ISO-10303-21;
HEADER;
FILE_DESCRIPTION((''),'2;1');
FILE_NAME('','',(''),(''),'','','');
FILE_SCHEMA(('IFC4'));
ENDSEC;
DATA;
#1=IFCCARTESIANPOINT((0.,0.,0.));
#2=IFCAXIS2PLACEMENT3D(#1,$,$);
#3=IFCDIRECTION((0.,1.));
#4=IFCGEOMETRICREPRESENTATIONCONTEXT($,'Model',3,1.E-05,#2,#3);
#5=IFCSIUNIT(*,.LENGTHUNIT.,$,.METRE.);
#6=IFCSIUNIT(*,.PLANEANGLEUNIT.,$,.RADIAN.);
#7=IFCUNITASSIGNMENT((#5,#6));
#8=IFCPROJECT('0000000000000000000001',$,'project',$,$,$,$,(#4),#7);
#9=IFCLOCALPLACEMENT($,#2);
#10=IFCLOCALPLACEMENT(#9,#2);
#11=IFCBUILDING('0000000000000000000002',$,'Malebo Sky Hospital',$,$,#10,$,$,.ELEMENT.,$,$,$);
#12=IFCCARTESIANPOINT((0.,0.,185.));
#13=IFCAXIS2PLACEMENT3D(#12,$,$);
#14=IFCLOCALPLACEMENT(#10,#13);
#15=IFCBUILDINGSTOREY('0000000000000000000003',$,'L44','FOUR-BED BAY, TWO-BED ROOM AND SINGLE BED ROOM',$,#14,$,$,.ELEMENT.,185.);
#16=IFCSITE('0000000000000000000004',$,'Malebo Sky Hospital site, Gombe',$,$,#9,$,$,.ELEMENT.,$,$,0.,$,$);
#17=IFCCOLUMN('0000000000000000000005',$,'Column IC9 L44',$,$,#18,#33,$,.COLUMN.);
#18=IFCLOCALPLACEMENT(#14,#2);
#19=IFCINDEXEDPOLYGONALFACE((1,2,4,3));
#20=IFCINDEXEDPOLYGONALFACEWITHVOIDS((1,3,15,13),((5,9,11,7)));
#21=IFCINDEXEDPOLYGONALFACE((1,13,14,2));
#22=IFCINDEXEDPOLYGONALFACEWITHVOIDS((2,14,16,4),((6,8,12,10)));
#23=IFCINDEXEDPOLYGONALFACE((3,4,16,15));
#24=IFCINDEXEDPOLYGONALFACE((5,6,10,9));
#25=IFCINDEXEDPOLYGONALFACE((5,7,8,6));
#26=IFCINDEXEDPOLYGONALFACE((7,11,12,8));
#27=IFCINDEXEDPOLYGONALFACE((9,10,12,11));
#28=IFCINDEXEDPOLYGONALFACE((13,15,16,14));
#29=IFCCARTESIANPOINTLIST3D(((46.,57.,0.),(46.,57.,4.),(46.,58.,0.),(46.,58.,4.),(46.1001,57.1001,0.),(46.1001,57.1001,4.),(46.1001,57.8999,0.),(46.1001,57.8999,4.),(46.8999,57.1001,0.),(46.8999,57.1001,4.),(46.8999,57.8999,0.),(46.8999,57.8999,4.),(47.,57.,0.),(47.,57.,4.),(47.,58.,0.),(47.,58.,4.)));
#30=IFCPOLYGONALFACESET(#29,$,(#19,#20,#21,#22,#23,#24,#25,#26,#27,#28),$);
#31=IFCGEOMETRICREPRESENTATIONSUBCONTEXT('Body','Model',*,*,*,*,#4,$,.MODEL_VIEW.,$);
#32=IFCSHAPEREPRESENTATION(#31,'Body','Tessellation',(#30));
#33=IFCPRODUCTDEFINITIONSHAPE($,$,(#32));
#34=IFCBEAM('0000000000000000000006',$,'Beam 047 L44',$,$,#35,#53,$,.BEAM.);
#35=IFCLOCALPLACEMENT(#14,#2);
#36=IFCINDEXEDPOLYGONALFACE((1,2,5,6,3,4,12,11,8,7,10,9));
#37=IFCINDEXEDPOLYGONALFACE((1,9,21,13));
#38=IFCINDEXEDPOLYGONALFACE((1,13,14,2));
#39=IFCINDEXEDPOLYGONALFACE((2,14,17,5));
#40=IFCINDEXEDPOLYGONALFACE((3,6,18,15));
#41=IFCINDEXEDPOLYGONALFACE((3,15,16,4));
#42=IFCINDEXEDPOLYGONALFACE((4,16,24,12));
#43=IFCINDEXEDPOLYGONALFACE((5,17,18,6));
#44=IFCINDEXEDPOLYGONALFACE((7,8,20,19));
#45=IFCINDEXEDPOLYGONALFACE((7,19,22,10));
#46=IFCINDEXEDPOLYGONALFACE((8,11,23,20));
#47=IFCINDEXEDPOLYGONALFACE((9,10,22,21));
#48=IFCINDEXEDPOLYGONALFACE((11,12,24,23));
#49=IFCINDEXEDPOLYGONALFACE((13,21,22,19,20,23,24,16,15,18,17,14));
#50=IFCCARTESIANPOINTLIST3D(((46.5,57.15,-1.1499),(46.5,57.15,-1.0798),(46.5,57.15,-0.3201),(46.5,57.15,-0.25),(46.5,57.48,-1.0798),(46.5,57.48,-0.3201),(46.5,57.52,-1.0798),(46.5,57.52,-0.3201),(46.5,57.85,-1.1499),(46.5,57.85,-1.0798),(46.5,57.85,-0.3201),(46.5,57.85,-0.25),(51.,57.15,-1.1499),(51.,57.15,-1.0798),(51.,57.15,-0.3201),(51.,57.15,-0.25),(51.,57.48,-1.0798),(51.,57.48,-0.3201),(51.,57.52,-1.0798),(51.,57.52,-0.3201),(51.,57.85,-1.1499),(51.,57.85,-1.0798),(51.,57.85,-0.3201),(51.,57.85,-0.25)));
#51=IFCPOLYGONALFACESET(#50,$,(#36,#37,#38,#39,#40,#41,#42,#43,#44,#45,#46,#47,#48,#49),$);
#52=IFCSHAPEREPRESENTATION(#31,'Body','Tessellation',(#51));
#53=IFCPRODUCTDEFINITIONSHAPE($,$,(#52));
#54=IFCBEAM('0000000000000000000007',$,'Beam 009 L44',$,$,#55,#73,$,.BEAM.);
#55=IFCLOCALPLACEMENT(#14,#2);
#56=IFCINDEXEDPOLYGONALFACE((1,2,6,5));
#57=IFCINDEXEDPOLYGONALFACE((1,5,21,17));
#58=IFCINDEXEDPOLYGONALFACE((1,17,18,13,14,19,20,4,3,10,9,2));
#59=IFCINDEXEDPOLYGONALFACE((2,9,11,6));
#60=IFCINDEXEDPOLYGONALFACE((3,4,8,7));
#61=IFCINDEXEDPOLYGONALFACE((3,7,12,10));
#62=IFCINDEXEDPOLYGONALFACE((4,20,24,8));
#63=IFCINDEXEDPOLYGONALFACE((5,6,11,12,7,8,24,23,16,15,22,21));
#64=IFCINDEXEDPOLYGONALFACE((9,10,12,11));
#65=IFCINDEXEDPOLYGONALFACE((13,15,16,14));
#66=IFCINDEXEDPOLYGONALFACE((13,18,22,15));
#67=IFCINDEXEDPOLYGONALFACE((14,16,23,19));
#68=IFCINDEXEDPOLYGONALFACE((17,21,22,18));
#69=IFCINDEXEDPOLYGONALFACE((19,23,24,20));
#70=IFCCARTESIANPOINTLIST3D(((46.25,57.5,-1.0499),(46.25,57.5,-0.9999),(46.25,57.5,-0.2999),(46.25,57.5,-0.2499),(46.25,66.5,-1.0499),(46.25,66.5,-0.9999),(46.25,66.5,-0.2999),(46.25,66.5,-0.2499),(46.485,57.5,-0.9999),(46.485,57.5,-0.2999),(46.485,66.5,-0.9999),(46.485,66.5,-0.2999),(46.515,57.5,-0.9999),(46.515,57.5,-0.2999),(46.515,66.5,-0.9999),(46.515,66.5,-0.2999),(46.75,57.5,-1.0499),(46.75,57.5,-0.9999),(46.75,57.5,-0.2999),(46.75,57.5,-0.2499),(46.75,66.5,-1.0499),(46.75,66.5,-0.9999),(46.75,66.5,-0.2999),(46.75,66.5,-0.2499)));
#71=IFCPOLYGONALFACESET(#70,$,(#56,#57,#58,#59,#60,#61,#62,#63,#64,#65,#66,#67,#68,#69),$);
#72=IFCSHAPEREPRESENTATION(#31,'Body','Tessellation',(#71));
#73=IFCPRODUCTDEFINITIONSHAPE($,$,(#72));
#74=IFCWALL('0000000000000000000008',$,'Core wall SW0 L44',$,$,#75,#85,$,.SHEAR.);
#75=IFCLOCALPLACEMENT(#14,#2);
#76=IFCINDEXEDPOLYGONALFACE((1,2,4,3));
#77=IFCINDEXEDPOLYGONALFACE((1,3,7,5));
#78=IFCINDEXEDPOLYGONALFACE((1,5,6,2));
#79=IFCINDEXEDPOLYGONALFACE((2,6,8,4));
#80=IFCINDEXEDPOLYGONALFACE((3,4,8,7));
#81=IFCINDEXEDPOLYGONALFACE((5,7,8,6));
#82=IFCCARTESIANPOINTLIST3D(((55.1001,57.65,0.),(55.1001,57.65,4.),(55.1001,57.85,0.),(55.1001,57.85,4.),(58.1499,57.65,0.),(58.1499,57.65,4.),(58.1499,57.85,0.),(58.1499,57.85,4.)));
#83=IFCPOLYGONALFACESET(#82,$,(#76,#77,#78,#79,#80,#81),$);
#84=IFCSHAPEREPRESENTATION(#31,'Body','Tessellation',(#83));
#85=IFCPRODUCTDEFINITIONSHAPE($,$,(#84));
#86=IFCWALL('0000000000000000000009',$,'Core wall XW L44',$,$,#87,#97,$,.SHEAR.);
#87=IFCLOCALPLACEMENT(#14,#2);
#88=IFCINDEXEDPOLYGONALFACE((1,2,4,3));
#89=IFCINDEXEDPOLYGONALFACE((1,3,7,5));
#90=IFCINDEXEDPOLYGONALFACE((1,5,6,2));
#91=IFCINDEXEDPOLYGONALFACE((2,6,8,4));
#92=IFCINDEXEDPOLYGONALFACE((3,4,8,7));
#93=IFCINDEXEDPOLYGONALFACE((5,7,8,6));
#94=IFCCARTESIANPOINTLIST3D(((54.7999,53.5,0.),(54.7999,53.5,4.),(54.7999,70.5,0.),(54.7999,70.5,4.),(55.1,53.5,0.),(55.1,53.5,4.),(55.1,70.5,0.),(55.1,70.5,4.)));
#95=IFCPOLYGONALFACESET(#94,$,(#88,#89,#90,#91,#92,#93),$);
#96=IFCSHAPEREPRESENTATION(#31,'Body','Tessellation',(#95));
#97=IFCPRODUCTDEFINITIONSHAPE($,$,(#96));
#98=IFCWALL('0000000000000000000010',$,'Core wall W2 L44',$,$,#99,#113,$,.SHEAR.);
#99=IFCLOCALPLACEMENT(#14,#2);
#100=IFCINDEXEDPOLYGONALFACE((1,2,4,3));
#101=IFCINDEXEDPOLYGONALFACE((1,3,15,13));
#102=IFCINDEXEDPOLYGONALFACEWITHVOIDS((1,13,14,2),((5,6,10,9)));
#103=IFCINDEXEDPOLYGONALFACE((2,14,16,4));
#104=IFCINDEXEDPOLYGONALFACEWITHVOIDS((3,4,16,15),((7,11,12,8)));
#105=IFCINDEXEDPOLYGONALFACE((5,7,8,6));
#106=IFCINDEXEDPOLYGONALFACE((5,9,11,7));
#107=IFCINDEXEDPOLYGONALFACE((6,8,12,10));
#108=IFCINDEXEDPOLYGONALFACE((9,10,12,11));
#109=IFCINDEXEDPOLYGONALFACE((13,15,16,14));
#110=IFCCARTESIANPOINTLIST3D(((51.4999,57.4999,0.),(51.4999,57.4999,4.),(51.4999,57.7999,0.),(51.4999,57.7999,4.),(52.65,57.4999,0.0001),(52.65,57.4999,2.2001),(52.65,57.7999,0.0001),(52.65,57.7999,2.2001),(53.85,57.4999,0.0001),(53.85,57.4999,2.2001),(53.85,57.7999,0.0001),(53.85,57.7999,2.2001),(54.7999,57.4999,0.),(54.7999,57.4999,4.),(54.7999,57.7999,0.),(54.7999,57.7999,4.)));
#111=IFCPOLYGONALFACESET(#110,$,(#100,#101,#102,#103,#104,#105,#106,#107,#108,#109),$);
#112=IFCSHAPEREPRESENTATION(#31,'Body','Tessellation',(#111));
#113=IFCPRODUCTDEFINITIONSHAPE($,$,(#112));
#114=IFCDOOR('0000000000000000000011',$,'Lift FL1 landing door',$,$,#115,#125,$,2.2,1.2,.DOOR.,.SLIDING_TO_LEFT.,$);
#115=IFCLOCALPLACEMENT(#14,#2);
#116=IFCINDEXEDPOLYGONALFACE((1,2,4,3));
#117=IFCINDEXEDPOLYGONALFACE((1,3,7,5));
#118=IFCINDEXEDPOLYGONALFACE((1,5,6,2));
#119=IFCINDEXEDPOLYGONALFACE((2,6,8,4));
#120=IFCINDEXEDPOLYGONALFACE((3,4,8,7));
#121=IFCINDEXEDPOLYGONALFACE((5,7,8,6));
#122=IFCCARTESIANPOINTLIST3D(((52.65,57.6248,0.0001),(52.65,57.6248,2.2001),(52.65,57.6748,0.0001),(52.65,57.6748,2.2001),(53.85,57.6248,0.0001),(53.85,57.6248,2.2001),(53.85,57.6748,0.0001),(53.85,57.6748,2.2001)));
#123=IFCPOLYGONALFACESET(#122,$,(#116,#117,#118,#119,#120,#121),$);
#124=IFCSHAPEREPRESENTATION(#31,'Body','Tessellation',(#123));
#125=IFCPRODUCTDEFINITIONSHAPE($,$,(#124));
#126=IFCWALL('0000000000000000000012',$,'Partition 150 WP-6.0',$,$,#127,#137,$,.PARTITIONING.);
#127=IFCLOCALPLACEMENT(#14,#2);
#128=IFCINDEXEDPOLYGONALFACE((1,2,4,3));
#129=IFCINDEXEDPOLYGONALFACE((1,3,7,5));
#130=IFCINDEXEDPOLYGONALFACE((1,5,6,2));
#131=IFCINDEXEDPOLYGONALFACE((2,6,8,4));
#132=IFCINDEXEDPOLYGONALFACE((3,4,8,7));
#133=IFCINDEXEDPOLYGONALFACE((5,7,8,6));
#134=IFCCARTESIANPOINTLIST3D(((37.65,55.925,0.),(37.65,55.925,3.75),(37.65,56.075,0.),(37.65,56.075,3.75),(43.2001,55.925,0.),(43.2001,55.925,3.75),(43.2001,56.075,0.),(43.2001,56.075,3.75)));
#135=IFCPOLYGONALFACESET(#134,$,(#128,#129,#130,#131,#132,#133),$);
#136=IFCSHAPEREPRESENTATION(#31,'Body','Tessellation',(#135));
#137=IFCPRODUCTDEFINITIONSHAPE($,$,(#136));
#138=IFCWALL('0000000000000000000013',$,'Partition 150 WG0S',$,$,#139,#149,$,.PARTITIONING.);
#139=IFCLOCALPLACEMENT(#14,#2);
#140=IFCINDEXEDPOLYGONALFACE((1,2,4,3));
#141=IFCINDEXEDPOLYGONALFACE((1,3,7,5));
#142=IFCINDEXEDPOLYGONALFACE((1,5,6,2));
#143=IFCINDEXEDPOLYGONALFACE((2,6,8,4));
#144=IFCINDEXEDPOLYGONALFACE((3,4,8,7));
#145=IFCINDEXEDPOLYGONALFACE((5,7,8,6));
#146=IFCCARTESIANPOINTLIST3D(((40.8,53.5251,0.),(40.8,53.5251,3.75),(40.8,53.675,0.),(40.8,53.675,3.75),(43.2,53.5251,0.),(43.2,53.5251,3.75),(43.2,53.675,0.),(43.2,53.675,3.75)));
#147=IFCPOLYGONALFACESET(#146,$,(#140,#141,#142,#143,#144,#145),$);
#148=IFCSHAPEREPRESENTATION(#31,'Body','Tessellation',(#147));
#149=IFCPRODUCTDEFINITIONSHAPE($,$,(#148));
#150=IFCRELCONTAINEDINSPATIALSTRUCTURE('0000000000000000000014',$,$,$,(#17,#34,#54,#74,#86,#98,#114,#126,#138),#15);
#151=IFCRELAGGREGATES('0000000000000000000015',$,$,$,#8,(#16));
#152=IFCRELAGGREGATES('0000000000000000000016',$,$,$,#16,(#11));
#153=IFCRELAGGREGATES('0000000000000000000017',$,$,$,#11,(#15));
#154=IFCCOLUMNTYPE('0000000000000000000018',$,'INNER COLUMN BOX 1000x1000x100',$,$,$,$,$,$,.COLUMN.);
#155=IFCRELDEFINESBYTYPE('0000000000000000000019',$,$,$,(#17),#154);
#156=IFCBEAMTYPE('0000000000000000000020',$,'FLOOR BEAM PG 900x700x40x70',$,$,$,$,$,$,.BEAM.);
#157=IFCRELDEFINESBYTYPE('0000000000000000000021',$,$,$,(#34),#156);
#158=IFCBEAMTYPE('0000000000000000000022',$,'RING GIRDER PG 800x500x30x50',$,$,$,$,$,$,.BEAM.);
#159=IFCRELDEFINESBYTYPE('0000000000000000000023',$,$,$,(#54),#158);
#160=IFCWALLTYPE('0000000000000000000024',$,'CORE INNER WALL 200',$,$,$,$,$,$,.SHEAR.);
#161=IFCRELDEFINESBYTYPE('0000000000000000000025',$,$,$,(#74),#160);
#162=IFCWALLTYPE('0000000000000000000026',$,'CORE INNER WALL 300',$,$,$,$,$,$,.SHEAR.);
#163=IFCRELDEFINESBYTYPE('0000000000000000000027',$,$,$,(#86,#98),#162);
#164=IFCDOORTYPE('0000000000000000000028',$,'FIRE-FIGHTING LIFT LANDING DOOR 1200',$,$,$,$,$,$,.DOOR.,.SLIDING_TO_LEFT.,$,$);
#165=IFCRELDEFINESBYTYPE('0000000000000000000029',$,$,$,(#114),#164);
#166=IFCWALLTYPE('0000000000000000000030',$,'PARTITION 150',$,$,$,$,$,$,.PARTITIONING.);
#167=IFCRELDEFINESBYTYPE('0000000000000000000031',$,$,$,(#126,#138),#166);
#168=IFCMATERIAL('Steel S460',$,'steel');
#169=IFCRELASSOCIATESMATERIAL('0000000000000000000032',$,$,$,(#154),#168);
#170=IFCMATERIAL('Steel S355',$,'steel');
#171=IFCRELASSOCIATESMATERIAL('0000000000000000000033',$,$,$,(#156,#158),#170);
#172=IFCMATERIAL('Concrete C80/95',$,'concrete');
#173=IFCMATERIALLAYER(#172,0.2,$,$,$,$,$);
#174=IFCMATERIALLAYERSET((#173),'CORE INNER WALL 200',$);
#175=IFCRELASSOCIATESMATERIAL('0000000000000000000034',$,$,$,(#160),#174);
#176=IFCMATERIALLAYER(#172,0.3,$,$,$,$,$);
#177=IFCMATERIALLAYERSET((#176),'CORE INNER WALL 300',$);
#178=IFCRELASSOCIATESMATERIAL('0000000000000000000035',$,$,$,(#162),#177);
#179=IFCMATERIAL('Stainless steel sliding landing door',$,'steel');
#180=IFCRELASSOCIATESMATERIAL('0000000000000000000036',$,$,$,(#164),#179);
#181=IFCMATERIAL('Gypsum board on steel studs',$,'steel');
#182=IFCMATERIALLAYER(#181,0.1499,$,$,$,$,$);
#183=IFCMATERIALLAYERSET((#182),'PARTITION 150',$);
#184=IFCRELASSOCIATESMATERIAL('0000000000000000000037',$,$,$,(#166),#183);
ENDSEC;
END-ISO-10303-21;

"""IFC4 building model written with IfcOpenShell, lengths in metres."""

from ifc_helpers import new_model, si_unit, direction, frame, frame_2d, origin, origin_2d, place, context, subcontext, project, spatial, rectangle, hollow_rectangle, i_section, extrude, material, layer, layer_set, material_profile, profile_set, type_object, element, fill, save


model = new_model("IFC4")

# Units and contexts
model_context = context("Model", 3, precision=1e-05, world=origin(), true_north=direction((0.0, 1.0)))
body_context = subcontext(model_context, "Body", "Model", "MODEL_VIEW")
ifc_project = project(units=[si_unit("LENGTHUNIT", "METRE"), si_unit("PLANEANGLEUNIT", "RADIAN")], contexts=[model_context])

# Site, building, storey
site_placement = place(None, origin())
site = spatial("IfcSite", under=ifc_project, at=site_placement, Name="Malebo Sky Hospital site, Gombe", CompositionType="ELEMENT", RefElevation=0.0)
building_placement = place(site_placement, origin())
building = spatial("IfcBuilding", under=site, at=building_placement, Name="Malebo Sky Hospital", CompositionType="ELEMENT")
storey_placement = place(building_placement, frame((0.0, 0.0, 185.0)))
storey = spatial("IfcBuildingStorey", under=building, at=storey_placement, Name="L44", Description="FOUR-BED BAY, TWO-BED ROOM AND SINGLE BED ROOM", CompositionType="ELEMENT", Elevation=185.0)

# Column
ifc_material_1 = material(Name="Steel S460", Category="steel")
ifc_material_profile_1 = material_profile(ifc_material_1, hollow_rectangle(XDim=1.0, YDim=1.0, WallThickness=0.1001, at=origin_2d()), Name="BOX 1000x1000x100")
ifc_profile_set_1 = profile_set([ifc_material_profile_1], Name="Steel S460")
column_type = type_object("IfcColumnType", Name="INNER COLUMN BOX 1000x1000x100", PredefinedType="COLUMN", material=ifc_profile_set_1)
column_placement = place(storey_placement, frame((46.5, 57.5, 0.0), z_axis=(0.0, 0.0, 1.0), x_axis=(1.0, 0.0, 0.0)))
element("IfcColumn", 1, at=column_placement, inside=storey, type_object=column_type, Name="Column IC9 L44", PredefinedType="COLUMN", context=body_context, shape_type="SweptSolid", body=[
    extrude(hollow_rectangle(XDim=1.0, YDim=1.0, WallThickness=0.1001, at=origin_2d()), origin(), (0.0, 0.0, 1.0), 4.0),
])

# Beams
ifc_material_2 = material(Name="Steel S355", Category="steel")
ifc_material_profile_2 = material_profile(ifc_material_2, i_section(OverallWidth=0.7, OverallDepth=0.8999, WebThickness=0.04, FlangeThickness=0.0701, at=origin_2d()), Name="PG 900x700x40x70")
ifc_profile_set_2 = profile_set([ifc_material_profile_2], Name="Steel S355")
beam_type_1 = type_object("IfcBeamType", Name="FLOOR BEAM PG 900x700x40x70", PredefinedType="BEAM", material=ifc_profile_set_2)
beam_1_placement = place(storey_placement, frame((46.5, 57.5, -0.7), z_axis=(1.0, 0.0, 0.0), x_axis=(0.0, 1.0, 0.0)))
element("IfcBeam", 2, at=beam_1_placement, inside=storey, type_object=beam_type_1, Name="Beam 047 L44", PredefinedType="BEAM", context=body_context, shape_type="SweptSolid", body=[
    extrude(i_section(OverallWidth=0.7, OverallDepth=0.8999, WebThickness=0.04, FlangeThickness=0.0701, at=origin_2d()), origin(), (0.0, 0.0, 1.0), 4.5),
])
ifc_material_profile_3 = material_profile(ifc_material_2, i_section(OverallWidth=0.5, OverallDepth=0.8, WebThickness=0.03, FlangeThickness=0.05, at=origin_2d()), Name="PG 800x500x30x50")
ifc_profile_set_3 = profile_set([ifc_material_profile_3], Name="Steel S355")
beam_type_2 = type_object("IfcBeamType", Name="RING GIRDER PG 800x500x30x50", PredefinedType="BEAM", material=ifc_profile_set_3)
beam_2_placement = place(storey_placement, frame((46.5, 57.5, -0.6499), z_axis=(0.0, 1.0, 0.0), x_axis=(-1.0, 0.0, 0.0)))
element("IfcBeam", 3, at=beam_2_placement, inside=storey, type_object=beam_type_2, Name="Beam 009 L44", PredefinedType="BEAM", context=body_context, shape_type="SweptSolid", body=[
    extrude(i_section(OverallWidth=0.5, OverallDepth=0.8, WebThickness=0.03, FlangeThickness=0.05, at=origin_2d()), origin(), (0.0, 0.0, 1.0), 9.0),
])

# Walls
ifc_material_3 = material(Name="Concrete C80/95", Category="concrete")
ifc_layer_1 = layer(ifc_material_3, 0.2)
ifc_layer_set_1 = layer_set([ifc_layer_1], Name="CORE INNER WALL 200")
wall_type_1 = type_object("IfcWallType", Name="CORE INNER WALL 200", PredefinedType="SHEAR", material=ifc_layer_set_1)
wall_1_placement = place(storey_placement, frame((55.1001, 57.75, 0.0), z_axis=(0.0, 0.0, 1.0), x_axis=(1.0, 0.0, 0.0)))
element("IfcWall", 4, at=wall_1_placement, inside=storey, type_object=wall_type_1, Name="Core wall SW0 L44", PredefinedType="SHEAR", context=body_context, shape_type="SweptSolid", body=[
    extrude(rectangle(XDim=3.0498, YDim=0.2, at=frame_2d((1.5249, 0.0))), origin(), (0.0, 0.0, 1.0), 4.0),
])
ifc_layer_2 = layer(ifc_material_3, 0.3)
ifc_layer_set_2 = layer_set([ifc_layer_2], Name="CORE INNER WALL 300")
wall_type_2 = type_object("IfcWallType", Name="CORE INNER WALL 300", PredefinedType="SHEAR", material=ifc_layer_set_2)
wall_2_placement = place(storey_placement, frame((54.95, 53.5, 0.0), z_axis=(0.0, 0.0, 1.0), x_axis=(0.0, 1.0, 0.0)))
element("IfcWall", 5, at=wall_2_placement, inside=storey, type_object=wall_type_2, Name="Core wall XW L44", PredefinedType="SHEAR", context=body_context, shape_type="SweptSolid", body=[
    extrude(rectangle(XDim=17.0, YDim=0.3, at=frame_2d((8.5, 0.0))), origin(), (0.0, 0.0, 1.0), 4.0),
])

# Wall, opening, door
wall_3_placement = place(storey_placement, frame((51.5, 57.6499, 0.0), z_axis=(0.0, 0.0, 1.0), x_axis=(1.0, 0.0, 0.0)))
wall_3 = element("IfcWall", 6, at=wall_3_placement, inside=storey, type_object=wall_type_2, Name="Core wall W2 L44", PredefinedType="SHEAR", context=body_context, shape_type="SweptSolid", body=[
    extrude(rectangle(XDim=3.3, YDim=0.3, at=frame_2d((1.6499, 0.0))), origin(), (0.0, 0.0, 1.0), 4.0),
])
opening_1_placement = place(wall_3_placement, frame((1.1499, 0.0, 0.0)))
opening_1 = element("IfcOpeningElement", 7, at=opening_1_placement, cuts=wall_3, PredefinedType="OPENING", context=body_context, shape_type="SweptSolid", body=[
    extrude(rectangle(XDim=1.2, YDim=2.2, at=frame_2d((0.6001, 1.1001))), frame((0.0, 0.1599, 0.0), z_axis=(0.0, -1.0, 0.0), x_axis=(1.0, 0.0, 0.0)), (0.0, 0.0, 1.0), 0.3201),
])
ifc_material_4 = material(Name="Stainless steel sliding landing door", Category="steel")
door_type_1 = type_object("IfcDoorType", Name="FIRE-FIGHTING LIFT LANDING DOOR 1200", OperationType="SLIDING_TO_LEFT", PredefinedType="DOOR", material=ifc_material_4)
door_1_placement = place(opening_1_placement, origin())
door_1 = element("IfcDoor", 8, at=door_1_placement, inside=storey, type_object=door_type_1, Name="Lift FL1 landing door", OperationType="SLIDING_TO_LEFT", OverallHeight=2.2, OverallWidth=1.2, PredefinedType="DOOR", context=body_context, shape_type="SweptSolid", body=[
    extrude(rectangle(XDim=1.2, YDim=2.2, at=frame_2d((0.6001, 1.1001))), frame((0.0, 0.0249, 0.0), z_axis=(0.0, -1.0, 0.0), x_axis=(1.0, 0.0, 0.0)), (0.0, 0.0, 1.0), 0.05),
])
fill(opening_1, door_1)

# Walls
ifc_material_5 = material(Name="Gypsum board on steel studs", Category="steel")
ifc_layer_3 = layer(ifc_material_5, 0.1499)
ifc_layer_set_3 = layer_set([ifc_layer_3], Name="PARTITION 150")
wall_type_3 = type_object("IfcWallType", Name="PARTITION 150", PredefinedType="PARTITIONING", material=ifc_layer_set_3)
wall_4_placement = place(storey_placement, frame((43.2, 56.0, 0.0), z_axis=(0.0, 0.0, 1.0), x_axis=(-1.0, 0.0, 0.0)))
element("IfcWall", 9, at=wall_4_placement, inside=storey, type_object=wall_type_3, Name="Partition 150 WP-6.0", PredefinedType="PARTITIONING", context=body_context, shape_type="SweptSolid", body=[
    extrude(rectangle(XDim=5.55, YDim=0.1499, at=frame_2d((2.7749, 0.0))), origin(), (0.0, 0.0, 1.0), 3.75),
])
wall_5_placement = place(storey_placement, frame((43.2, 53.6001, 0.0), z_axis=(0.0, 0.0, 1.0), x_axis=(-1.0, 0.0, 0.0)))
element("IfcWall", 10, at=wall_5_placement, inside=storey, type_object=wall_type_3, Name="Partition 150 WG0S", PredefinedType="PARTITIONING", context=body_context, shape_type="SweptSolid", body=[
    extrude(rectangle(XDim=2.3999, YDim=0.1499, at=frame_2d((1.2, 0.0))), origin(), (0.0, 0.0, 1.0), 3.75),
])

save(model, "model.ifc")
